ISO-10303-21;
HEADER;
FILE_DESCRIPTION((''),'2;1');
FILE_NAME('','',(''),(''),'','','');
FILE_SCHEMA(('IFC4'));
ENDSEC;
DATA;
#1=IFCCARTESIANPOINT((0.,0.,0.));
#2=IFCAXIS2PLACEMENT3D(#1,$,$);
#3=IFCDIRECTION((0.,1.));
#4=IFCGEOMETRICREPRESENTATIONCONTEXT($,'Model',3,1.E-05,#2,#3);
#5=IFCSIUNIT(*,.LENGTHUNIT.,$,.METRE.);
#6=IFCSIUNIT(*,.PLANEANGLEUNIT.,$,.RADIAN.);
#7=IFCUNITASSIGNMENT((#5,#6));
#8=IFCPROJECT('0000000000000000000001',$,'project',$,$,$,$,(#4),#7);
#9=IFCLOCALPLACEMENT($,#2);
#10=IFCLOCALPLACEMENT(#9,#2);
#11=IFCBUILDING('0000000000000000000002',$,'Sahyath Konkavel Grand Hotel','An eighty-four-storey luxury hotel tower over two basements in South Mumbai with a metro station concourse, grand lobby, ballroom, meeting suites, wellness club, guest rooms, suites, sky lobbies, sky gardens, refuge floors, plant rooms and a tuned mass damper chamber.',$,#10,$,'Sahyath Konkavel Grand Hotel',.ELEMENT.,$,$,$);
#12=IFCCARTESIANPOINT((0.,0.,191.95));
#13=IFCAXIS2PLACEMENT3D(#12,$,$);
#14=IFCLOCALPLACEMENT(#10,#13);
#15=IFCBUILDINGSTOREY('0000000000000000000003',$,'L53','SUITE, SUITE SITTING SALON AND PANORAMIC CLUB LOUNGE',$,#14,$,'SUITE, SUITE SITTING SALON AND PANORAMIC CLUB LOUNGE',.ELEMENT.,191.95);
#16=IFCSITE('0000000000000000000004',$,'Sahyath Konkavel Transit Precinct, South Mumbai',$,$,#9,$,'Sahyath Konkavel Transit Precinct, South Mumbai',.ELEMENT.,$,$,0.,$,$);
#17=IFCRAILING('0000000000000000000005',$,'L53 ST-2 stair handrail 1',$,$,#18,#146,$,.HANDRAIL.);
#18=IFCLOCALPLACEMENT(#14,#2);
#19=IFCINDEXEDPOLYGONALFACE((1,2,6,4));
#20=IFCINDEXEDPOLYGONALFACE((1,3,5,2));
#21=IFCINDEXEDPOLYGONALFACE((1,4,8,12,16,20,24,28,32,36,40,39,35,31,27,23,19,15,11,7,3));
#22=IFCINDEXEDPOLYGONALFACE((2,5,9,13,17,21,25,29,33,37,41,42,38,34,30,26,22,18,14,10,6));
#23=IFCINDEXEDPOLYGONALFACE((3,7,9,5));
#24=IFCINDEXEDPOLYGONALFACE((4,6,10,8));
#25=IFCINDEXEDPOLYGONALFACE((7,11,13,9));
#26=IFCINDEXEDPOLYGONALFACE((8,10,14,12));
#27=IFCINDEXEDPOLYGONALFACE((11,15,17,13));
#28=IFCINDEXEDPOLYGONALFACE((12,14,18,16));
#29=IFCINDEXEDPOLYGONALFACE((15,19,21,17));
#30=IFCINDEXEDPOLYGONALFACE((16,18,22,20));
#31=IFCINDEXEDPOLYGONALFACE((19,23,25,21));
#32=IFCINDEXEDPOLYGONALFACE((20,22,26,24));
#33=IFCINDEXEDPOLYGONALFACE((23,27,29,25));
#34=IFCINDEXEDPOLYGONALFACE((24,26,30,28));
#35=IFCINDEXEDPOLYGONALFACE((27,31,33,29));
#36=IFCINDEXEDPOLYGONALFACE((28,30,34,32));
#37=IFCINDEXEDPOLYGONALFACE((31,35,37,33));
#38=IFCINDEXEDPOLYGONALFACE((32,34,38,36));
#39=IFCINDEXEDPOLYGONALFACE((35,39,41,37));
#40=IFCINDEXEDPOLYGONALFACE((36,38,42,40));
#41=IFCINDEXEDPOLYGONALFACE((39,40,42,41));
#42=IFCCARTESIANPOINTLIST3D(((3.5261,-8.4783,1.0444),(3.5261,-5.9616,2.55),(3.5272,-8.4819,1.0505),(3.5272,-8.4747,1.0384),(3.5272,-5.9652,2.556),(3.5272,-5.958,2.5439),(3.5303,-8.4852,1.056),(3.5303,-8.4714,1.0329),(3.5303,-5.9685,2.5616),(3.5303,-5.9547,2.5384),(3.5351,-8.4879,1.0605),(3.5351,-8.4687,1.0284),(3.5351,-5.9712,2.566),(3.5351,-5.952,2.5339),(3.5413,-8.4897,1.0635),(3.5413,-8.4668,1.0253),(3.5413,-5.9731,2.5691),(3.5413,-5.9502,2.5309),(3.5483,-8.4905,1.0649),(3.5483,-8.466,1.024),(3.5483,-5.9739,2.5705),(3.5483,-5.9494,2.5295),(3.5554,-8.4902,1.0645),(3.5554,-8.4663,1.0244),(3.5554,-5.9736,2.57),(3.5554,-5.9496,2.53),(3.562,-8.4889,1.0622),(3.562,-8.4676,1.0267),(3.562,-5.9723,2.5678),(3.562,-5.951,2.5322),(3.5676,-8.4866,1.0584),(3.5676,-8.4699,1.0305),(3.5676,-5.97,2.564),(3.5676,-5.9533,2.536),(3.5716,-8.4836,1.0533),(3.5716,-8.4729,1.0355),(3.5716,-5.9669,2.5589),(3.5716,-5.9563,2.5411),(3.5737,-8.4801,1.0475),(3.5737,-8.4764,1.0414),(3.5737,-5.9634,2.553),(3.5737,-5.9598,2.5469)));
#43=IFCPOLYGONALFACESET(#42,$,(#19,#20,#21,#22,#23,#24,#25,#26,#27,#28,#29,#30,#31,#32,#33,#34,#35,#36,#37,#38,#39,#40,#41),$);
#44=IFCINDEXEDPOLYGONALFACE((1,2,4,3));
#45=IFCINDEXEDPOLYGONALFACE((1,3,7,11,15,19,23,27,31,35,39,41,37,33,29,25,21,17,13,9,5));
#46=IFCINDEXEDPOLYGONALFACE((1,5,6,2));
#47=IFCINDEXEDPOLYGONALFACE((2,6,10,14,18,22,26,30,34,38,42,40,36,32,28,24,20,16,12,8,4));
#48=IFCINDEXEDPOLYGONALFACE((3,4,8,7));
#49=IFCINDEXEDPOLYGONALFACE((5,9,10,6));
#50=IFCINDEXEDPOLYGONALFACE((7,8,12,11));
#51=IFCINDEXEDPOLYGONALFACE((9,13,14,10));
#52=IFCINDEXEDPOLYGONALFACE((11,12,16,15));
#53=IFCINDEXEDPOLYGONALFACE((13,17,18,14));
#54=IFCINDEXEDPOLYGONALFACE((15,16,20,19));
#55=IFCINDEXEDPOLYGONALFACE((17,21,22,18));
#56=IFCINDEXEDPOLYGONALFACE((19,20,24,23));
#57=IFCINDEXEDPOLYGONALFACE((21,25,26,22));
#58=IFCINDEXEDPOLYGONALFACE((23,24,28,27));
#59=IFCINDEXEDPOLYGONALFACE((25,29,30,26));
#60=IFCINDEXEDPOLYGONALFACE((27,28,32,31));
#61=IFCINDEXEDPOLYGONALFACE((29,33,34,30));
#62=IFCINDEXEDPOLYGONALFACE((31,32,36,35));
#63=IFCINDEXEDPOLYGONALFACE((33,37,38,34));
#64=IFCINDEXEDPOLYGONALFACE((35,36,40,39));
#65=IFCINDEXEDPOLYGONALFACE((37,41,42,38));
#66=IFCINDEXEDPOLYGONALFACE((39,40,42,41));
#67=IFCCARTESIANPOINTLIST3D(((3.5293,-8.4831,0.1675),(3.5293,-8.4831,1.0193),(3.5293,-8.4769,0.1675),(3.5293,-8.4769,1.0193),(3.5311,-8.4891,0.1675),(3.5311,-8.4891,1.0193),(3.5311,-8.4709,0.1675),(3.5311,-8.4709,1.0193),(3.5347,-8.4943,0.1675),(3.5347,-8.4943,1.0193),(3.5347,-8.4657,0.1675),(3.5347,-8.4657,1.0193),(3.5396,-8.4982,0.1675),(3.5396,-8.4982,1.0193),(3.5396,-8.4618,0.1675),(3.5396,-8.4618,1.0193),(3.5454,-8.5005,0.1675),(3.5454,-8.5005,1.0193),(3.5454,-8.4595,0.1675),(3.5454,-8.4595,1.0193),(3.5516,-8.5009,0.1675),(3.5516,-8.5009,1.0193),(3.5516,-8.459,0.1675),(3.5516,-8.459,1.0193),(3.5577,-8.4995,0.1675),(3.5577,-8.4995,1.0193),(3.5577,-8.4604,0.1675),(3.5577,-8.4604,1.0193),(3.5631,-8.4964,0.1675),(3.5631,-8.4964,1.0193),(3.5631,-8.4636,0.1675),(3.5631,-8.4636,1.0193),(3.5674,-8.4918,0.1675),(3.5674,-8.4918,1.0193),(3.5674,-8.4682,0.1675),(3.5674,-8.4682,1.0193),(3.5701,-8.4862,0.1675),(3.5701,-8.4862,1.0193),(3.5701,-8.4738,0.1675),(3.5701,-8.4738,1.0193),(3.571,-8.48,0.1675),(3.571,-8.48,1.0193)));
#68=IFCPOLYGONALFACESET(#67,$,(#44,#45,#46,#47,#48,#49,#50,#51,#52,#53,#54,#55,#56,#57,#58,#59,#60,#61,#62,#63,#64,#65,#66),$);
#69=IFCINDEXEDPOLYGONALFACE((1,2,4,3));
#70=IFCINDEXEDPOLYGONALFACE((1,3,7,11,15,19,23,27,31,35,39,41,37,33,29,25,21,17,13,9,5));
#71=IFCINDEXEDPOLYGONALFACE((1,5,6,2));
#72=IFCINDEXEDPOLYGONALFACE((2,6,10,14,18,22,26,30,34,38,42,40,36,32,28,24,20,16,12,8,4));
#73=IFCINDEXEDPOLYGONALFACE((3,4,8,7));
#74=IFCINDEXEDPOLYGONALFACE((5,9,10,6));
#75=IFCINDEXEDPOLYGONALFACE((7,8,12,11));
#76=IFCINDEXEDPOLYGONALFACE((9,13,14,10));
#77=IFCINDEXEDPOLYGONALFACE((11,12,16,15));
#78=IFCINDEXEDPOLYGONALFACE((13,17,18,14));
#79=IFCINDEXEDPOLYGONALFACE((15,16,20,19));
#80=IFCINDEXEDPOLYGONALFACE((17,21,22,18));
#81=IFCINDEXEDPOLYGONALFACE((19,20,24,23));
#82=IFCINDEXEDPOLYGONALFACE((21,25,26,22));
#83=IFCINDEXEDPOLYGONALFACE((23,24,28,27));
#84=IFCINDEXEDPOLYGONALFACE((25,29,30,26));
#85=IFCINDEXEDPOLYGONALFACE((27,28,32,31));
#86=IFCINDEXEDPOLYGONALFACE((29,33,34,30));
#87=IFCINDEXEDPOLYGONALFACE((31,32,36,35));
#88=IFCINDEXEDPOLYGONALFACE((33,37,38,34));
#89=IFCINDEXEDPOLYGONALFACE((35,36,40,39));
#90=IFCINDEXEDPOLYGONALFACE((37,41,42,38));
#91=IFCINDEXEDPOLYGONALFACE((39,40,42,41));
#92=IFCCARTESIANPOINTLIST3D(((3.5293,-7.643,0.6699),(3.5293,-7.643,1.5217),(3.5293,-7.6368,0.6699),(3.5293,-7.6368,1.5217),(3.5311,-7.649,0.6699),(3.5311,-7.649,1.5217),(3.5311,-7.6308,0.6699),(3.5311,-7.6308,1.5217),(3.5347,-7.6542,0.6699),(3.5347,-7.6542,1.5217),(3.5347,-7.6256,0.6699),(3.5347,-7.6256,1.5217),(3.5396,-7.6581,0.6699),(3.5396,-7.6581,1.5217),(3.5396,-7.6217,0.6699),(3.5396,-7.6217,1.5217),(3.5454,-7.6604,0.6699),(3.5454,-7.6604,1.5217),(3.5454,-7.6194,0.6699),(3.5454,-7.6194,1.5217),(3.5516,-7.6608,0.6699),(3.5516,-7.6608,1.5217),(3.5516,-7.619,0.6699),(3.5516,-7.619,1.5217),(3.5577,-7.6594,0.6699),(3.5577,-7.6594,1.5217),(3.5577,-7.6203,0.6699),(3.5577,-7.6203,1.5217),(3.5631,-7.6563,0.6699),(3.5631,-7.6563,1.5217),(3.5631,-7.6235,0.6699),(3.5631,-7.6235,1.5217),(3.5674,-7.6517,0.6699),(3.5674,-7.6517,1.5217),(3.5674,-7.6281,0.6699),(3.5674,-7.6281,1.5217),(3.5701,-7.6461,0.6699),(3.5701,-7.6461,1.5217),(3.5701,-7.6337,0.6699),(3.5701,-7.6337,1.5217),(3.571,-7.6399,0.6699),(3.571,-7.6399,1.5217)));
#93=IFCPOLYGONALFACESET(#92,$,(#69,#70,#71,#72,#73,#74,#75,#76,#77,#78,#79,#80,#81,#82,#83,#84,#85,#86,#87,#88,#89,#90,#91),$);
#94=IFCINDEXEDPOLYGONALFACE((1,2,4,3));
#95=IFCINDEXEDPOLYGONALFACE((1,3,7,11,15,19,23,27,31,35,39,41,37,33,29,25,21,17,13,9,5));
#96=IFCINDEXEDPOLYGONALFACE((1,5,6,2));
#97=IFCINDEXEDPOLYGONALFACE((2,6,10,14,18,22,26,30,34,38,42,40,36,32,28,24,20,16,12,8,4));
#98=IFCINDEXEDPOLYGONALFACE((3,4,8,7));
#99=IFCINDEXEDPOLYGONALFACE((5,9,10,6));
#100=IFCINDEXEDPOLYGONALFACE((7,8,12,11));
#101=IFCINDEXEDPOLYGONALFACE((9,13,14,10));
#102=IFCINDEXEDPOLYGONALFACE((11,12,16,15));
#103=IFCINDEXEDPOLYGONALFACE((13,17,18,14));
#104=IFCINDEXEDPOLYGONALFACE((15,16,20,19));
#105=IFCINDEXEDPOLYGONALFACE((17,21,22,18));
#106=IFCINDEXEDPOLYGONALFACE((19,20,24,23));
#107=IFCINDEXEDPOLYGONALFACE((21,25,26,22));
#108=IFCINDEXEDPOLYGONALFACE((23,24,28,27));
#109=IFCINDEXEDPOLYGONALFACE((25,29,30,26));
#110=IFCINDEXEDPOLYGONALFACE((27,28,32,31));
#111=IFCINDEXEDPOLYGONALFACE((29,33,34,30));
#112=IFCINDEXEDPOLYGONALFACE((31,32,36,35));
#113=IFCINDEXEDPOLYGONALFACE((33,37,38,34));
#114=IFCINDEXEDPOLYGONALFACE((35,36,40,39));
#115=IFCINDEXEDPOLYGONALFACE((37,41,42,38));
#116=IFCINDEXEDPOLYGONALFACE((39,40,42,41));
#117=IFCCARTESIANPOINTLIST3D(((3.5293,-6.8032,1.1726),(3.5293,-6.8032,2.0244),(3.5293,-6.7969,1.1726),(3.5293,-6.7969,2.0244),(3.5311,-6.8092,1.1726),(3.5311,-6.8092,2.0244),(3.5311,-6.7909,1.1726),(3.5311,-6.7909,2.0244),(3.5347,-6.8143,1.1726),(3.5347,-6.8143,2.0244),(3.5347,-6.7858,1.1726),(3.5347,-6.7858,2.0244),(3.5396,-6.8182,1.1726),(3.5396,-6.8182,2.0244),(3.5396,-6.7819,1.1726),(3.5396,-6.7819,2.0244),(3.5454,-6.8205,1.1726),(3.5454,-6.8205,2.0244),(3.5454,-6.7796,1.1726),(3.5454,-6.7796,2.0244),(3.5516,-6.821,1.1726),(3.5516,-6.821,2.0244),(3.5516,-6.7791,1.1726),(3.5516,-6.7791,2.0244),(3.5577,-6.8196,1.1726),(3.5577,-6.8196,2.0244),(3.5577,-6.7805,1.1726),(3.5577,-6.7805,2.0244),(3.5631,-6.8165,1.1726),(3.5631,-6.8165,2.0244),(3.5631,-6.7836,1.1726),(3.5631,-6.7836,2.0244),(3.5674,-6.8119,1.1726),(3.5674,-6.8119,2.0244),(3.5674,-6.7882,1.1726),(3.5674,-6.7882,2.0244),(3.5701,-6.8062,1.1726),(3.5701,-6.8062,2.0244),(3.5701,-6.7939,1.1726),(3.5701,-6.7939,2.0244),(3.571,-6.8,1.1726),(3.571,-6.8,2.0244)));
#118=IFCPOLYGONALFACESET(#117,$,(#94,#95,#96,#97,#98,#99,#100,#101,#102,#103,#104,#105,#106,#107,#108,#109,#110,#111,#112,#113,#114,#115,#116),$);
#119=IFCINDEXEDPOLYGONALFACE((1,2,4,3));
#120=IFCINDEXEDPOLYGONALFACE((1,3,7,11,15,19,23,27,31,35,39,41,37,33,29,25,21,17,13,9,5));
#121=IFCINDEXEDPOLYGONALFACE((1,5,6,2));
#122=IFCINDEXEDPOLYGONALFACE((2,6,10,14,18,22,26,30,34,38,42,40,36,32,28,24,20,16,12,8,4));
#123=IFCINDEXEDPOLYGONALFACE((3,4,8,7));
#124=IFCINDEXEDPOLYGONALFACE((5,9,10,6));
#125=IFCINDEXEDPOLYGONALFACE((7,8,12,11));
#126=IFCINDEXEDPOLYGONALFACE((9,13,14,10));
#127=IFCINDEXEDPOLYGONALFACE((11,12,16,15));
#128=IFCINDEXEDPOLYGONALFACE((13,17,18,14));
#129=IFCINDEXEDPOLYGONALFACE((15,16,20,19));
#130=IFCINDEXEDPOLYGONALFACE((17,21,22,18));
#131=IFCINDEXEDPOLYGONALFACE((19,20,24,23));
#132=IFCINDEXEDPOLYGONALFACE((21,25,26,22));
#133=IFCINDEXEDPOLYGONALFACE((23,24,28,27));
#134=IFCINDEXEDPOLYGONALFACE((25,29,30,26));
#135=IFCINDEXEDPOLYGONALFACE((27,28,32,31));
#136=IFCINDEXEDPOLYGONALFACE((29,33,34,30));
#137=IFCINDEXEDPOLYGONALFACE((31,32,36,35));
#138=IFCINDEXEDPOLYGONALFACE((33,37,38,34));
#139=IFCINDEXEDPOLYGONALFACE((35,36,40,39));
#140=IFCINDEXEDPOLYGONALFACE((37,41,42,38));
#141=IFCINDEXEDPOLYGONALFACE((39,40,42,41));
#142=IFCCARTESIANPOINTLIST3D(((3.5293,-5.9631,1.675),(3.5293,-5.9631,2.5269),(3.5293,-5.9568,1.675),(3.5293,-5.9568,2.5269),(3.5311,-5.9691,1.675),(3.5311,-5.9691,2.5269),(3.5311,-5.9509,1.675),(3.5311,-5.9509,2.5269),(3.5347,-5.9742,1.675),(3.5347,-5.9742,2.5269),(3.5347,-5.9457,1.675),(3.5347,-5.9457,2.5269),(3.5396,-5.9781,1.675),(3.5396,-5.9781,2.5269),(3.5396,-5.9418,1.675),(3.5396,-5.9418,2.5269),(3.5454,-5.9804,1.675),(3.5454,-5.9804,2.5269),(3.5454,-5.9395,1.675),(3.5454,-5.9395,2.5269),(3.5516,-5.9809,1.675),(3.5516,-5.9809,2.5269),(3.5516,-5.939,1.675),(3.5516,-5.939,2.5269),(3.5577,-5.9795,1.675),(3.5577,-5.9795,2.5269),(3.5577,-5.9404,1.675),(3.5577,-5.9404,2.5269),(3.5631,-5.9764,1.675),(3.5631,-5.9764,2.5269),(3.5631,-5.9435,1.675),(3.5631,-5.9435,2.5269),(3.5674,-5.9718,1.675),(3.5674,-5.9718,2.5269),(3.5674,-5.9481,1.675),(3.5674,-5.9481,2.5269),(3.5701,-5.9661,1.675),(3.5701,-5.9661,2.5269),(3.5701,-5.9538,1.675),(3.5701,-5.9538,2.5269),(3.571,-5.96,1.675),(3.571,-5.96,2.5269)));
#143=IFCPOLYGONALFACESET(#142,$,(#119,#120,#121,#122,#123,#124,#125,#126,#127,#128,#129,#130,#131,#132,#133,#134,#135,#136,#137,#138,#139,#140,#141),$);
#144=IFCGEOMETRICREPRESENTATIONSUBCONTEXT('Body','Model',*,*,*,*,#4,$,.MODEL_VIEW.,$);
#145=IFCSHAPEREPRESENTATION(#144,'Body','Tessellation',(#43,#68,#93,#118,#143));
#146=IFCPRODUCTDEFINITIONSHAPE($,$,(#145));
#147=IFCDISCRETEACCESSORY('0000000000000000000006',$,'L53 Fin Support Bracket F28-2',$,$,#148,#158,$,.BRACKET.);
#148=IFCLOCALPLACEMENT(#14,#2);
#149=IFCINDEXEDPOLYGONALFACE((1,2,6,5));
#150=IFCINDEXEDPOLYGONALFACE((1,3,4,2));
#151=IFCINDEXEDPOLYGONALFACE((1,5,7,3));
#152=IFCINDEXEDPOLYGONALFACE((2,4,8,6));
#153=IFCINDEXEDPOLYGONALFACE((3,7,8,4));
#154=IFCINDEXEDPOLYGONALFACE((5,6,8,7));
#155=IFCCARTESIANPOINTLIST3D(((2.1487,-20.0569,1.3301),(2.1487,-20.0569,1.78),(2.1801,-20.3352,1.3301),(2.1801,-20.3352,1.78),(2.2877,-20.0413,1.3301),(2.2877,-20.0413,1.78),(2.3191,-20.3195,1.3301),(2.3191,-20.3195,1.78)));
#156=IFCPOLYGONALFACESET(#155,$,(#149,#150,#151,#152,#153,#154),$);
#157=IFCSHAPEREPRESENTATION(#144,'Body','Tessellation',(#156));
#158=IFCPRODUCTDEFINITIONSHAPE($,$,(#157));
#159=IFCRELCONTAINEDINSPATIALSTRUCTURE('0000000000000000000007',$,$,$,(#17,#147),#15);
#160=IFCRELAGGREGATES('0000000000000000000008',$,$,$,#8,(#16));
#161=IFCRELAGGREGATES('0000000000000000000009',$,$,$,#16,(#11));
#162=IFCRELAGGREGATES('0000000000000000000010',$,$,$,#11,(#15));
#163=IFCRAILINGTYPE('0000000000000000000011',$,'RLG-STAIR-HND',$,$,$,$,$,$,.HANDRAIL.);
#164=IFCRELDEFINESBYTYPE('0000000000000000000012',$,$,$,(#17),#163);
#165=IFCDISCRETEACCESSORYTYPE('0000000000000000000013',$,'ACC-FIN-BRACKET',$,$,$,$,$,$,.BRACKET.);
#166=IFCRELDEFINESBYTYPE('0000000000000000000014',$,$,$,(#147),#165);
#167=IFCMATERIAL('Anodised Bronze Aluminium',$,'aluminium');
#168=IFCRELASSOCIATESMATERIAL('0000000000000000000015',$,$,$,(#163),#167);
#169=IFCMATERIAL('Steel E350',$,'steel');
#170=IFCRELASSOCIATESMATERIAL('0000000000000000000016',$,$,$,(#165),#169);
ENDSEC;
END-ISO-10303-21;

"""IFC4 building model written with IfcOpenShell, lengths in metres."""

from ifc_helpers import new_model, si_unit, direction, frame, origin, origin_2d, place, context, subcontext, project, spatial, rectangle, circle, extrude, source, transform, mapped, material, type_object, element, save


model = new_model("IFC4")

# Units and contexts
model_context = context("Model", 3, precision=1e-05, world=origin(), true_north=direction((0.0, 1.0)))
body_context = subcontext(model_context, "Body", "Model", "MODEL_VIEW")
ifc_project = project(units=[si_unit("LENGTHUNIT", "METRE"), si_unit("PLANEANGLEUNIT", "RADIAN")], contexts=[model_context])

# Site, building, storey
site_placement = place(None, origin())
site = spatial("IfcSite", under=ifc_project, at=site_placement, Name="Sahyath Konkavel Transit Precinct, South Mumbai", LongName="Sahyath Konkavel Transit Precinct, South Mumbai", CompositionType="ELEMENT", RefElevation=0.0)
building_placement = place(site_placement, origin())
building = spatial("IfcBuilding", under=site, at=building_placement, Name="Sahyath Konkavel Grand Hotel", Description="An eighty-four-storey luxury hotel tower over two basements in South Mumbai with a metro station concourse, grand lobby, ballroom, meeting suites, wellness club, guest rooms, suites, sky lobbies, sky gardens, refuge floors, plant rooms and a tuned mass damper chamber.", LongName="Sahyath Konkavel Grand Hotel", CompositionType="ELEMENT")
storey_placement = place(building_placement, frame((0.0, 0.0, 191.95)))
storey = spatial("IfcBuildingStorey", under=building, at=storey_placement, Name="L53", Description="SUITE, SUITE SITTING SALON AND PANORAMIC CLUB LOUNGE", LongName="SUITE, SUITE SITTING SALON AND PANORAMIC CLUB LOUNGE", CompositionType="ELEMENT", Elevation=191.95)

# Shared definitions
ifc_material_1 = material(Name="Steel E350", Category="steel")

# Shared definitions
ifc_material_2 = material(Name="Anodised Bronze Aluminium", Category="aluminium")

# Railing
railing_type_1 = type_object("IfcRailingType", Name="RLG-STAIR-HND", PredefinedType="HANDRAIL", material=ifc_material_2)
railing_1_placement = place(storey_placement, frame((3.55, -8.48, 0.1675)))
element("IfcRailing", 1, at=railing_1_placement, inside=storey, type_object=railing_type_1, Name="L53 ST-2 stair handrail 1", PredefinedType="HANDRAIL", context=body_context, shape_type="SweptSolid", body=[
    extrude(circle(Radius=0.0239, at=origin_2d()), frame((0.0, 0.0017, 0.877), z_axis=(0.0, 0.85816, 0.513383), x_axis=(-1.0, 0.0, 0.0)), (0.0, 0.0, 1.0), 2.9326),
    extrude(circle(Radius=0.021, at=origin_2d()), origin(), (0.0, 0.0, 1.0), 0.8518),
    extrude(circle(Radius=0.021, at=origin_2d()), frame((0.0, 0.8401, 0.5024)), (0.0, 0.0, 1.0), 0.8518),
    extrude(circle(Radius=0.021, at=origin_2d()), frame((0.0, 1.6799, 1.0051)), (0.0, 0.0, 1.0), 0.8518),
    extrude(circle(Radius=0.021, at=origin_2d()), frame((0.0, 2.52, 1.5076)), (0.0, 0.0, 1.0), 0.8518),
])

# Discrete accessory
discrete_accessory_type = type_object("IfcDiscreteAccessoryType", Name="ACC-FIN-BRACKET", PredefinedType="BRACKET", material=ifc_material_1)
shared_shape_1 = source(origin(), body_context, "Body", "SweptSolid", [
    extrude(rectangle(XDim=0.28, YDim=0.1399, at=origin_2d()), origin(), (0.0, 0.0, 1.0), 0.45),
])
discrete_accessory_placement = place(storey_placement, frame((2.2339, -20.1882, 1.3301), z_axis=(0.0, 0.0, 1.0), x_axis=(0.112007, -0.993707, 0.0)))
element("IfcDiscreteAccessory", 2, at=discrete_accessory_placement, inside=storey, type_object=discrete_accessory_type, Name="L53 Fin Support Bracket F28-2", PredefinedType="BRACKET", context=body_context, shape_type="MappedRepresentation", body=[
    mapped(shared_shape_1, transform((0.0, 0.0, 0.0), scale=1.0)),
])

save(model, "model.ifc")
